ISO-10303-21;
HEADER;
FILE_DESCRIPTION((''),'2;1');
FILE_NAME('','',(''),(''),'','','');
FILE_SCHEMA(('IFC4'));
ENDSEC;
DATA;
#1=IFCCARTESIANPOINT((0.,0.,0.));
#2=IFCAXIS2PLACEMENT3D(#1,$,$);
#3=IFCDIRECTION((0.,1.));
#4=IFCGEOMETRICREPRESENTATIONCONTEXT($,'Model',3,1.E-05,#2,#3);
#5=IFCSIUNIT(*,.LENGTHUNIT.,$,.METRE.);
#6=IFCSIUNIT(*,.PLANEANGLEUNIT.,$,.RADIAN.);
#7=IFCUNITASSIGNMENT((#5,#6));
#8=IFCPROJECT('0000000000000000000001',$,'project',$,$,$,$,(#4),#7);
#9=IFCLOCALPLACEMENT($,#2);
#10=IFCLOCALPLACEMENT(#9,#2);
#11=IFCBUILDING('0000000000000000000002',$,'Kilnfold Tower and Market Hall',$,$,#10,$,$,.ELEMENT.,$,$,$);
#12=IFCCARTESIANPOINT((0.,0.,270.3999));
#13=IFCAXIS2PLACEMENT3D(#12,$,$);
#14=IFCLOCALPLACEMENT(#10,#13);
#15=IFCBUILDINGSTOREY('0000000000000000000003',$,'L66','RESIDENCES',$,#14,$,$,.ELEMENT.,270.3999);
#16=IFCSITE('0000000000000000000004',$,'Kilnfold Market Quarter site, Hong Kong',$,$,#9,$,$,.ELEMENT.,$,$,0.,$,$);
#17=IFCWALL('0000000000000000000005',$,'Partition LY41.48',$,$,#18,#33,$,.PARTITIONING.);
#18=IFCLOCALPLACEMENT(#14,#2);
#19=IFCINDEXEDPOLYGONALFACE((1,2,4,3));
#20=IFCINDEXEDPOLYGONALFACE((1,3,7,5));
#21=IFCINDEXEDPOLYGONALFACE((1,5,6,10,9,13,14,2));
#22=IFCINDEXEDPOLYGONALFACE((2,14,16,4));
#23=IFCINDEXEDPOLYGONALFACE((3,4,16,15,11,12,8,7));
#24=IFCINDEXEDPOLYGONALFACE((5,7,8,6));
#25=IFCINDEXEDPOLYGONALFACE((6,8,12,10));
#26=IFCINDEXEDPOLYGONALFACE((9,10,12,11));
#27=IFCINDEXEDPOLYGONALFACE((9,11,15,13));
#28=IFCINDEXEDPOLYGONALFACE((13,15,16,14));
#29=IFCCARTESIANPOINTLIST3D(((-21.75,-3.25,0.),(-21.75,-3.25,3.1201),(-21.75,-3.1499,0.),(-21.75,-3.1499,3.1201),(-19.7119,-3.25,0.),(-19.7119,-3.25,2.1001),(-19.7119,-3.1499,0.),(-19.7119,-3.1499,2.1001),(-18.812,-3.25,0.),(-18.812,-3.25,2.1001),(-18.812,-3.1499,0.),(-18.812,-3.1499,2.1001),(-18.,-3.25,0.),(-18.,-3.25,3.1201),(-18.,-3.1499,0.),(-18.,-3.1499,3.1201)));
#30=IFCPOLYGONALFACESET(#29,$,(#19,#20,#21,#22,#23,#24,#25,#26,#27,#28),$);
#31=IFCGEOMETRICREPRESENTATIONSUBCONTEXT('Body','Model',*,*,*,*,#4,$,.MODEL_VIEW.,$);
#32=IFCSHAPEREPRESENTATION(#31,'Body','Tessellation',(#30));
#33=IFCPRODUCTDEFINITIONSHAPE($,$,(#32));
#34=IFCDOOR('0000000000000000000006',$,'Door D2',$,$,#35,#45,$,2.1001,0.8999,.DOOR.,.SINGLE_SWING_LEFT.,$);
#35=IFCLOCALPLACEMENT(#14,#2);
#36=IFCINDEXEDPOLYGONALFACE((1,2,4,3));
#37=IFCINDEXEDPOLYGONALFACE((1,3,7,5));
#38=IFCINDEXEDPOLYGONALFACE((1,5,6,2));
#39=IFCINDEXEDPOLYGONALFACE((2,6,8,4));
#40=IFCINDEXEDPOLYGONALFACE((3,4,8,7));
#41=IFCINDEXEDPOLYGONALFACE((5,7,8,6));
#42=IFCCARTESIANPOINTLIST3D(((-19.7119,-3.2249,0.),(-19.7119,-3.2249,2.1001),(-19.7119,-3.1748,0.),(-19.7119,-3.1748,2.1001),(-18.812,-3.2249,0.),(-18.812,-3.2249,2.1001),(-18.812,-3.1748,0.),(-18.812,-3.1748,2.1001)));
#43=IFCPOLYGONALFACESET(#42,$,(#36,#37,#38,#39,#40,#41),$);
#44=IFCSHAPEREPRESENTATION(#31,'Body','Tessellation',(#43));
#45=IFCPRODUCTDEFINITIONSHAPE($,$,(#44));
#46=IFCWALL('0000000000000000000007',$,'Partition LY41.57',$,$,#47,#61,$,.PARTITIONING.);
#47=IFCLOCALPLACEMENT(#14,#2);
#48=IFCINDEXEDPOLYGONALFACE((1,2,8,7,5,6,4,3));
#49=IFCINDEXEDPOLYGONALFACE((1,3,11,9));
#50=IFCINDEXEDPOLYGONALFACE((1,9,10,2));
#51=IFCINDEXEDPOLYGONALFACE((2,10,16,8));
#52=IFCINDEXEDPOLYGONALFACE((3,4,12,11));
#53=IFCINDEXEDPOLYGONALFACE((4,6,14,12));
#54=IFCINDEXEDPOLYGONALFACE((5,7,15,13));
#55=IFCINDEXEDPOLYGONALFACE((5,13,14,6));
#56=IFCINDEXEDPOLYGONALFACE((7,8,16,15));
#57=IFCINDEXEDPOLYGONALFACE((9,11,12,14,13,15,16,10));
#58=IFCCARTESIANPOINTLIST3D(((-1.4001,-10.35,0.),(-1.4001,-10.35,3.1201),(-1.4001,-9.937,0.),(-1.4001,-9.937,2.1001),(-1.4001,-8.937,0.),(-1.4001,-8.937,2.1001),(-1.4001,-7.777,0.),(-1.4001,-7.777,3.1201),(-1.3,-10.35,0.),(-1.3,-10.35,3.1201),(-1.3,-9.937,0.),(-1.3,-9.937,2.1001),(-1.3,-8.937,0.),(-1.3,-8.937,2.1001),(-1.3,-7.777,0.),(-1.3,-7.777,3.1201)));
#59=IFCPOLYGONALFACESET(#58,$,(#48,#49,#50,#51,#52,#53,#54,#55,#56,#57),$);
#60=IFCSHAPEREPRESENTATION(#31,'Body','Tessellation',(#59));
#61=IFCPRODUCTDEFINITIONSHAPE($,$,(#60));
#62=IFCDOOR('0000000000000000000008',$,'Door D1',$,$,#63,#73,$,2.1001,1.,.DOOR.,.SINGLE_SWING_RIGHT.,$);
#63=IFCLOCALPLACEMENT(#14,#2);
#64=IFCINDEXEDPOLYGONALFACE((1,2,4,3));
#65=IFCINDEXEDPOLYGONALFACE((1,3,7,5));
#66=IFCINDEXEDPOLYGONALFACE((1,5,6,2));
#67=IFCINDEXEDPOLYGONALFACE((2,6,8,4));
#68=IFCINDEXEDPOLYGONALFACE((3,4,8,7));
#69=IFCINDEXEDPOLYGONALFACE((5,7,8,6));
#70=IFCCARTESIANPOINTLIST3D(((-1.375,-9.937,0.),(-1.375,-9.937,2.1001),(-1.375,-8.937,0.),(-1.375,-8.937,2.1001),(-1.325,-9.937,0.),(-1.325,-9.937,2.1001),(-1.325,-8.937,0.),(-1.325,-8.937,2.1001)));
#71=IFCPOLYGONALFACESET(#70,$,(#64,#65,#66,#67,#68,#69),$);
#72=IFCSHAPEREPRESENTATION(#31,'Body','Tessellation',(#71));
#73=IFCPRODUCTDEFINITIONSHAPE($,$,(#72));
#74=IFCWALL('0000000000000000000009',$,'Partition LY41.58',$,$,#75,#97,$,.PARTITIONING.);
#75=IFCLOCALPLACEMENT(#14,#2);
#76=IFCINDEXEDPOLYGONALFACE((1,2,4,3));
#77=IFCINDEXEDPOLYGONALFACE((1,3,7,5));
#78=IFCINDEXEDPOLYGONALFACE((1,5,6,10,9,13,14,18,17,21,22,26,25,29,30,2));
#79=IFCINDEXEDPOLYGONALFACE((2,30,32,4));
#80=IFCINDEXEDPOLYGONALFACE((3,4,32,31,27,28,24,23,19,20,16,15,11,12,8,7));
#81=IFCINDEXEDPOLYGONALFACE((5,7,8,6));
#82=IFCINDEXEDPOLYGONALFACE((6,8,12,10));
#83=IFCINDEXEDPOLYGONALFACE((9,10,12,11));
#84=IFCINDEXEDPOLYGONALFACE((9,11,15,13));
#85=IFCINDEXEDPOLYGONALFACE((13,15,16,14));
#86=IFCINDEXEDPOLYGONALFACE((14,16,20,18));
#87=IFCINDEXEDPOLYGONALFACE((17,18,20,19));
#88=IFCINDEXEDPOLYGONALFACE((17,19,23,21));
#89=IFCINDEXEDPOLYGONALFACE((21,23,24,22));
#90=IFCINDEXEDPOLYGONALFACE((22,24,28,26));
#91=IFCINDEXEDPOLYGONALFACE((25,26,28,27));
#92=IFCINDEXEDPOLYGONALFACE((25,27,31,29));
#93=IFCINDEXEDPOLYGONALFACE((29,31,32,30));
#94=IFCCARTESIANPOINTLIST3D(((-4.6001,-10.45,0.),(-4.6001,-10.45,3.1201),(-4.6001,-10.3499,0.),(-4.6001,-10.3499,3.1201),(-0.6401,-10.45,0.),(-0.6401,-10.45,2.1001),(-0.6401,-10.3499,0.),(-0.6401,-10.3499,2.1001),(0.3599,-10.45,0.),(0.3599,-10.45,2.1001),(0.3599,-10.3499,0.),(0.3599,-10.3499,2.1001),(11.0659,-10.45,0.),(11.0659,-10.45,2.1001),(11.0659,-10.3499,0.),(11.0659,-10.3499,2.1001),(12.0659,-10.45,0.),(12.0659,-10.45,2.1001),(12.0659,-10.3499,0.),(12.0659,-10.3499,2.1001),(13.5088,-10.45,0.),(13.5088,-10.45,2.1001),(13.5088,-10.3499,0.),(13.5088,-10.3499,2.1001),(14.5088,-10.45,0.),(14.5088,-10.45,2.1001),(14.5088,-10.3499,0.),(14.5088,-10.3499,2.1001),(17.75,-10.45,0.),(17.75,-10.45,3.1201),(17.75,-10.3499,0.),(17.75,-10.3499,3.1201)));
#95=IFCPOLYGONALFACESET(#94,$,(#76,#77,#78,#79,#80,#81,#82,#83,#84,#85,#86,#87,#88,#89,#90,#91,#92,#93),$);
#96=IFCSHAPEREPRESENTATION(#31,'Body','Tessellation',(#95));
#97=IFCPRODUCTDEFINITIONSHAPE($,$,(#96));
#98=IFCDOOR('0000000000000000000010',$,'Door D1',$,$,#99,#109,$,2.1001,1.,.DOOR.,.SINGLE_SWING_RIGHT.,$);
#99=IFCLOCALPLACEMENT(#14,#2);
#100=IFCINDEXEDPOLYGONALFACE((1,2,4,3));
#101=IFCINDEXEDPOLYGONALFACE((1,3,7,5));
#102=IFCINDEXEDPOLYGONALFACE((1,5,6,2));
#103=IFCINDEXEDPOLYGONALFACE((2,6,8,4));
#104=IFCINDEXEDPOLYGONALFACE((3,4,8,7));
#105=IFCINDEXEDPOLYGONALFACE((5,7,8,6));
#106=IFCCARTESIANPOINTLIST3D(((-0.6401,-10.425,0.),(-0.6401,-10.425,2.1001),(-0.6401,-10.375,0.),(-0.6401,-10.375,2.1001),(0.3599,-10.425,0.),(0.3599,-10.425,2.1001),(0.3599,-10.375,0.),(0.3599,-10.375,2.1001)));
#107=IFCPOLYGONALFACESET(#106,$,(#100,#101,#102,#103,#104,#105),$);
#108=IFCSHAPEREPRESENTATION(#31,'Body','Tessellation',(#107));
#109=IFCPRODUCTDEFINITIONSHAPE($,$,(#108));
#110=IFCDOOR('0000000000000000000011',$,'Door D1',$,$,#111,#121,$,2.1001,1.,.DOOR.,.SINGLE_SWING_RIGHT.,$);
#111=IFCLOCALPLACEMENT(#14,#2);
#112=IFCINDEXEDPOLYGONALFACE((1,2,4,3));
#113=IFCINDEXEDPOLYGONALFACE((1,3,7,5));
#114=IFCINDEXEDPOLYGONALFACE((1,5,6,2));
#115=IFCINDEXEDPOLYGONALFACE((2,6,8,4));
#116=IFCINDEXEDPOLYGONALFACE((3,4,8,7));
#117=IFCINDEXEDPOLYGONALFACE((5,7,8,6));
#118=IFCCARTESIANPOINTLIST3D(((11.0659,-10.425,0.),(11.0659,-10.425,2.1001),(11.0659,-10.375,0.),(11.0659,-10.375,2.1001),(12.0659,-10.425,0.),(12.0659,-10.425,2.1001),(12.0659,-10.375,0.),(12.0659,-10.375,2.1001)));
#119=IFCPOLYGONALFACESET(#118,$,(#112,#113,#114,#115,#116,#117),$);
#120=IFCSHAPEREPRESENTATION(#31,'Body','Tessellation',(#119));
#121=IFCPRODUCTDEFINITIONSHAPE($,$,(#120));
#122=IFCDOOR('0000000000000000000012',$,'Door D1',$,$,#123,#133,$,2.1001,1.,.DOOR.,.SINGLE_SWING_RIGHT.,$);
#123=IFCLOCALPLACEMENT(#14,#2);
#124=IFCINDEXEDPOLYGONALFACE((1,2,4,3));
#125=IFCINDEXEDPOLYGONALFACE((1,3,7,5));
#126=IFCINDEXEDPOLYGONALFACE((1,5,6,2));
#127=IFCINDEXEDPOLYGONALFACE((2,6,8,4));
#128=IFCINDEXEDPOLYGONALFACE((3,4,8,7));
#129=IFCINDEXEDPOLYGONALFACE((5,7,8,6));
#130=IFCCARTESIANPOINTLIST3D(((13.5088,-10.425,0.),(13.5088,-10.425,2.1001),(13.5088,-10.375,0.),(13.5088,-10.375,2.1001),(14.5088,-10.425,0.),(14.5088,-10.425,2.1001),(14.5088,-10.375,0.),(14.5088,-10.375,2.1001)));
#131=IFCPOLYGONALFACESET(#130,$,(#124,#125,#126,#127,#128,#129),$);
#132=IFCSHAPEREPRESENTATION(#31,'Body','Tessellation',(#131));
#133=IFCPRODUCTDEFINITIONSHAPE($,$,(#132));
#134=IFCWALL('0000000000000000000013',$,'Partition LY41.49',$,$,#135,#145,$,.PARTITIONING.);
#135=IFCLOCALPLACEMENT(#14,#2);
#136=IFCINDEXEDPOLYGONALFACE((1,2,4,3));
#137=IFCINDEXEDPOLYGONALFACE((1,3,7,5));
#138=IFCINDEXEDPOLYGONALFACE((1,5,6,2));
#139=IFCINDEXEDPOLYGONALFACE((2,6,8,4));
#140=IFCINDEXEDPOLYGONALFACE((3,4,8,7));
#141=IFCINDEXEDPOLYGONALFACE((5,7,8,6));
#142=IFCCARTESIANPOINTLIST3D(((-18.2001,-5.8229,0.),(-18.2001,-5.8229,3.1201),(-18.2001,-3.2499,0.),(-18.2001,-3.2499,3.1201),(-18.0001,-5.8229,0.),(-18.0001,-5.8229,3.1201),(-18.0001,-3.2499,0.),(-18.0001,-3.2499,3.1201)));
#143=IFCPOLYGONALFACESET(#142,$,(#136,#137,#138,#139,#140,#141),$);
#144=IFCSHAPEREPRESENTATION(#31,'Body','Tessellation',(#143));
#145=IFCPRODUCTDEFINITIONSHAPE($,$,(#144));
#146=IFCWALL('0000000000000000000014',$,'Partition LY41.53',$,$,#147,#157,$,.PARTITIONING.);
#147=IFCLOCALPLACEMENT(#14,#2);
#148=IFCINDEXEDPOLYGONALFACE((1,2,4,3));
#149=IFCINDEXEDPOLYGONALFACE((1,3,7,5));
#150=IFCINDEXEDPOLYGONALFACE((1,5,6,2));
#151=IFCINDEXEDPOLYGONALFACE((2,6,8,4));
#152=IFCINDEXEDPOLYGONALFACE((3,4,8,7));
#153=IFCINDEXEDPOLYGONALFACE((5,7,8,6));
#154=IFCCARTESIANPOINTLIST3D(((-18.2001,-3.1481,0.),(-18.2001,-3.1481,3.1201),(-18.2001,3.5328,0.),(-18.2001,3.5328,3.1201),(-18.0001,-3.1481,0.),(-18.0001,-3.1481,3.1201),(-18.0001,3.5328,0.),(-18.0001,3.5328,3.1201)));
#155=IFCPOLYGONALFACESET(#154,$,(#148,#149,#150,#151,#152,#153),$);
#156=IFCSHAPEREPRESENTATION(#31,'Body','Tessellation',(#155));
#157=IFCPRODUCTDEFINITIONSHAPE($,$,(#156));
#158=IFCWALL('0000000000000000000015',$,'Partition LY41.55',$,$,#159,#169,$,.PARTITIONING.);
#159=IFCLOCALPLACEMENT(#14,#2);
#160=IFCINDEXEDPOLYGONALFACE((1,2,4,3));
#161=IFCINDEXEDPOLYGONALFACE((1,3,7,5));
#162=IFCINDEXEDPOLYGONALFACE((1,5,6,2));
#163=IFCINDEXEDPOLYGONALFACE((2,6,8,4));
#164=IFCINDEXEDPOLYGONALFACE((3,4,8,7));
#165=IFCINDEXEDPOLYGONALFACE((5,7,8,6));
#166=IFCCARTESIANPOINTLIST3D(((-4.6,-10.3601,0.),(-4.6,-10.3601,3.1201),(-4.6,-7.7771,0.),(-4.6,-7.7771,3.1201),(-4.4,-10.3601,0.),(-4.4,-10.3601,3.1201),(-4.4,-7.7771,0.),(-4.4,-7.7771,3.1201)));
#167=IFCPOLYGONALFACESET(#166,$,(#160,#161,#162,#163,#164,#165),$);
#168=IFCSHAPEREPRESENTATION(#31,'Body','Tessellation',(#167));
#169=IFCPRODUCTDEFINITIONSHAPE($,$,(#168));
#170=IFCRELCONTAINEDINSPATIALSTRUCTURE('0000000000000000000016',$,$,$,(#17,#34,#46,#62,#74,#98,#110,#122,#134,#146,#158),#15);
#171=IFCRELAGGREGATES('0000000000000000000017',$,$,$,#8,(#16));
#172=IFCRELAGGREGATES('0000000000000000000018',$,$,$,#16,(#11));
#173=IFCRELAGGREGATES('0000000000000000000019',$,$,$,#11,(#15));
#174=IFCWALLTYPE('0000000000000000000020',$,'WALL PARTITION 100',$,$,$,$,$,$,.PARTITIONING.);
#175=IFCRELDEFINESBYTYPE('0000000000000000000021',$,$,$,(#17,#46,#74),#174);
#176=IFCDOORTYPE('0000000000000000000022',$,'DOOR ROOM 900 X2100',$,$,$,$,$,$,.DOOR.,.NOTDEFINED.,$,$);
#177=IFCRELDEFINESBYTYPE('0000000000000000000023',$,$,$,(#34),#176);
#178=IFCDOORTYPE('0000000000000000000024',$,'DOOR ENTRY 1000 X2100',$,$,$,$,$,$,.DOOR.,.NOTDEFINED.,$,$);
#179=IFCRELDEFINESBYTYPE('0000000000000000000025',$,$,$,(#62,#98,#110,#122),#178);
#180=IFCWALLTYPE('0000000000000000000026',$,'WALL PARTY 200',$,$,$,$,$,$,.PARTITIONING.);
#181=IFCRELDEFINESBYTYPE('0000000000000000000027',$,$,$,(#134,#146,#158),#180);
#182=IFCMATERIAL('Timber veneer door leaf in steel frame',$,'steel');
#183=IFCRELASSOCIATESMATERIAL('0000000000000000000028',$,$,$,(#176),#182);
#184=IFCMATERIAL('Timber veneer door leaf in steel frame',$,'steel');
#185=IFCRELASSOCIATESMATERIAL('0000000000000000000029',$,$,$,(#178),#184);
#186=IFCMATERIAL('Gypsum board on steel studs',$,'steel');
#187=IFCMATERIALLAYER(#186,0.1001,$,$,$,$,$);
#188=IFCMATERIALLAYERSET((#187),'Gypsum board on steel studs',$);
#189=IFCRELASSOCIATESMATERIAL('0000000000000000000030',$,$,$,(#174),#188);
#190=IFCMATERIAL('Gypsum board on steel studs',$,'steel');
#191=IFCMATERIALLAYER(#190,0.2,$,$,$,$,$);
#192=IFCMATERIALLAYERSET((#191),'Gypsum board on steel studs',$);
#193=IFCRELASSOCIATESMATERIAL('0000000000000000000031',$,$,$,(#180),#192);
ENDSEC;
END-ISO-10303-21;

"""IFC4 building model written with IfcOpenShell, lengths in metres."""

from ifc_helpers import new_model, si_unit, direction, frame, frame_2d, origin, place, context, subcontext, project, spatial, rectangle, extrude, material, layer, layer_set, type_object, element, fill, save


model = new_model("IFC4")

# Units and contexts
model_context = context("Model", 3, precision=1e-05, world=origin(), true_north=direction((0.0, 1.0)))
body_context = subcontext(model_context, "Body", "Model", "MODEL_VIEW")
ifc_project = project(units=[si_unit("LENGTHUNIT", "METRE"), si_unit("PLANEANGLEUNIT", "RADIAN")], contexts=[model_context])

# Site, building, storey
site_placement = place(None, origin())
site = spatial("IfcSite", under=ifc_project, at=site_placement, Name="Kilnfold Market Quarter site, Hong Kong", CompositionType="ELEMENT", RefElevation=0.0)
building_placement = place(site_placement, origin())
building = spatial("IfcBuilding", under=site, at=building_placement, Name="Kilnfold Tower and Market Hall", CompositionType="ELEMENT")
storey_placement = place(building_placement, frame((0.0, 0.0, 270.3999)))
storey = spatial("IfcBuildingStorey", under=building, at=storey_placement, Name="L66", Description="RESIDENCES", CompositionType="ELEMENT", Elevation=270.3999)

# Shared definitions
ifc_material_1 = material(Name="Timber veneer door leaf in steel frame", Category="steel")
door_type_1 = type_object("IfcDoorType", Name="DOOR ROOM 900 X2100", OperationType="NOTDEFINED", PredefinedType="DOOR", material=ifc_material_1)

# Shared definitions
ifc_material_2 = material(Name="Timber veneer door leaf in steel frame", Category="steel")
door_type_2 = type_object("IfcDoorType", Name="DOOR ENTRY 1000 X2100", OperationType="NOTDEFINED", PredefinedType="DOOR", material=ifc_material_2)

# Walls, openings, doors
ifc_material_3 = material(Name="Gypsum board on steel studs", Category="steel")
ifc_layer_1 = layer(ifc_material_3, 0.1001)
ifc_layer_set_1 = layer_set([ifc_layer_1], Name="Gypsum board on steel studs")
wall_type_1 = type_object("IfcWallType", Name="WALL PARTITION 100", PredefinedType="PARTITIONING", material=ifc_layer_set_1)
wall_1_placement = place(storey_placement, frame((-18.0, -3.2, 0.0), z_axis=(0.0, 0.0, 1.0), x_axis=(-1.0, 0.0, 0.0)))
wall_1 = element("IfcWall", 1, at=wall_1_placement, inside=storey, type_object=wall_type_1, Name="Partition LY41.48", PredefinedType="PARTITIONING", context=body_context, shape_type="SweptSolid", body=[
    extrude(rectangle(XDim=3.75, YDim=0.1001, at=frame_2d((1.875, 0.0))), origin(), (0.0, 0.0, 1.0), 3.1201),
])
opening_1_placement = place(wall_1_placement, frame((0.812, 0.0, 0.0)))
opening_1 = element("IfcOpeningElement", 2, at=opening_1_placement, cuts=wall_1, PredefinedType="OPENING", context=body_context, shape_type="SweptSolid", body=[
    extrude(rectangle(XDim=0.8999, YDim=2.1001, at=frame_2d((0.45, 1.05))), frame((0.0, 0.0601, 0.0), z_axis=(0.0, -1.0, 0.0), x_axis=(1.0, 0.0, 0.0)), (0.0, 0.0, 1.0), 0.1201),
])
door_1_placement = place(opening_1_placement, origin())
door_1 = element("IfcDoor", 3, at=door_1_placement, inside=storey, type_object=door_type_1, Name="Door D2", OperationType="SINGLE_SWING_LEFT", OverallHeight=2.1001, OverallWidth=0.8999, PredefinedType="DOOR", context=body_context, shape_type="SweptSolid", body=[
    extrude(rectangle(XDim=0.8999, YDim=2.1001, at=frame_2d((0.45, 1.05))), frame((0.0, 0.0249, 0.0), z_axis=(0.0, -1.0, 0.0), x_axis=(1.0, 0.0, 0.0)), (0.0, 0.0, 1.0), 0.05),
])
fill(opening_1, door_1)
wall_2_placement = place(storey_placement, frame((-1.3501, -10.3501, 0.0), z_axis=(0.0, 0.0, 1.0), x_axis=(0.0, 1.0, 0.0)))
wall_2 = element("IfcWall", 4, at=wall_2_placement, inside=storey, type_object=wall_type_1, Name="Partition LY41.57", PredefinedType="PARTITIONING", context=body_context, shape_type="SweptSolid", body=[
    extrude(rectangle(XDim=2.573, YDim=0.1001, at=frame_2d((1.2866, 0.0))), origin(), (0.0, 0.0, 1.0), 3.1201),
])
opening_2_placement = place(wall_2_placement, frame((0.4131, 0.0, 0.0)))
opening_2 = element("IfcOpeningElement", 5, at=opening_2_placement, cuts=wall_2, PredefinedType="OPENING", context=body_context, shape_type="SweptSolid", body=[
    extrude(rectangle(XDim=1.0, YDim=2.1001, at=frame_2d((0.5, 1.05))), frame((0.0, 0.0601, 0.0), z_axis=(0.0, -1.0, 0.0), x_axis=(1.0, 0.0, 0.0)), (0.0, 0.0, 1.0), 0.1201),
])
door_2_placement = place(opening_2_placement, origin())
door_2 = element("IfcDoor", 6, at=door_2_placement, inside=storey, type_object=door_type_2, Name="Door D1", OperationType="SINGLE_SWING_RIGHT", OverallHeight=2.1001, OverallWidth=1.0, PredefinedType="DOOR", context=body_context, shape_type="SweptSolid", body=[
    extrude(rectangle(XDim=1.0, YDim=2.1001, at=frame_2d((0.5, 1.05))), frame((0.0, 0.0249, 0.0), z_axis=(0.0, -1.0, 0.0), x_axis=(1.0, 0.0, 0.0)), (0.0, 0.0, 1.0), 0.05),
])
fill(opening_2, door_2)

# Wall, openings, doors
wall_3_placement = place(storey_placement, frame((-4.6001, -10.3999, 0.0), z_axis=(0.0, 0.0, 1.0), x_axis=(1.0, 0.0, 0.0)))
wall_3 = element("IfcWall", 7, at=wall_3_placement, inside=storey, type_object=wall_type_1, Name="Partition LY41.58", PredefinedType="PARTITIONING", context=body_context, shape_type="SweptSolid", body=[
    extrude(rectangle(XDim=22.3501, YDim=0.1001, at=frame_2d((11.175, 0.0))), origin(), (0.0, 0.0, 1.0), 3.1201),
])
opening_3_placement = place(wall_3_placement, frame((3.96, 0.0, 0.0)))
opening_3 = element("IfcOpeningElement", 8, at=opening_3_placement, cuts=wall_3, PredefinedType="OPENING", context=body_context, shape_type="SweptSolid", body=[
    extrude(rectangle(XDim=1.0, YDim=2.1001, at=frame_2d((0.5, 1.05))), frame((0.0, 0.0601, 0.0), z_axis=(0.0, -1.0, 0.0), x_axis=(1.0, 0.0, 0.0)), (0.0, 0.0, 1.0), 0.1201),
])
opening_4_placement = place(wall_3_placement, frame((15.666, 0.0, 0.0)))
opening_4 = element("IfcOpeningElement", 9, at=opening_4_placement, cuts=wall_3, PredefinedType="OPENING", context=body_context, shape_type="SweptSolid", body=[
    extrude(rectangle(XDim=1.0, YDim=2.1001, at=frame_2d((0.5, 1.05))), frame((0.0, 0.0601, 0.0), z_axis=(0.0, -1.0, 0.0), x_axis=(1.0, 0.0, 0.0)), (0.0, 0.0, 1.0), 0.1201),
])
opening_5_placement = place(wall_3_placement, frame((18.1089, 0.0, 0.0)))
opening_5 = element("IfcOpeningElement", 10, at=opening_5_placement, cuts=wall_3, PredefinedType="OPENING", context=body_context, shape_type="SweptSolid", body=[
    extrude(rectangle(XDim=1.0, YDim=2.1001, at=frame_2d((0.5, 1.05))), frame((0.0, 0.0601, 0.0), z_axis=(0.0, -1.0, 0.0), x_axis=(1.0, 0.0, 0.0)), (0.0, 0.0, 1.0), 0.1201),
])
door_3_placement = place(opening_3_placement, origin())
door_3 = element("IfcDoor", 11, at=door_3_placement, inside=storey, type_object=door_type_2, Name="Door D1", OperationType="SINGLE_SWING_RIGHT", OverallHeight=2.1001, OverallWidth=1.0, PredefinedType="DOOR", context=body_context, shape_type="SweptSolid", body=[
    extrude(rectangle(XDim=1.0, YDim=2.1001, at=frame_2d((0.5, 1.05))), frame((0.0, 0.0249, 0.0), z_axis=(0.0, -1.0, 0.0), x_axis=(1.0, 0.0, 0.0)), (0.0, 0.0, 1.0), 0.05),
])
fill(opening_3, door_3)
door_4_placement = place(opening_4_placement, origin())
door_4 = element("IfcDoor", 12, at=door_4_placement, inside=storey, type_object=door_type_2, Name="Door D1", OperationType="SINGLE_SWING_RIGHT", OverallHeight=2.1001, OverallWidth=1.0, PredefinedType="DOOR", context=body_context, shape_type="SweptSolid", body=[
    extrude(rectangle(XDim=1.0, YDim=2.1001, at=frame_2d((0.5, 1.05))), frame((0.0, 0.0249, 0.0), z_axis=(0.0, -1.0, 0.0), x_axis=(1.0, 0.0, 0.0)), (0.0, 0.0, 1.0), 0.05),
])
fill(opening_4, door_4)
door_5_placement = place(opening_5_placement, origin())
door_5 = element("IfcDoor", 13, at=door_5_placement, inside=storey, type_object=door_type_2, Name="Door D1", OperationType="SINGLE_SWING_RIGHT", OverallHeight=2.1001, OverallWidth=1.0, PredefinedType="DOOR", context=body_context, shape_type="SweptSolid", body=[
    extrude(rectangle(XDim=1.0, YDim=2.1001, at=frame_2d((0.5, 1.05))), frame((0.0, 0.0249, 0.0), z_axis=(0.0, -1.0, 0.0), x_axis=(1.0, 0.0, 0.0)), (0.0, 0.0, 1.0), 0.05),
])
fill(opening_5, door_5)

# Walls
ifc_material_4 = material(Name="Gypsum board on steel studs", Category="steel")
ifc_layer_2 = layer(ifc_material_4, 0.2)
ifc_layer_set_2 = layer_set([ifc_layer_2], Name="Gypsum board on steel studs")
wall_type_2 = type_object("IfcWallType", Name="WALL PARTY 200", PredefinedType="PARTITIONING", material=ifc_layer_set_2)
wall_4_placement = place(storey_placement, frame((-18.1001, -5.823, 0.0), z_axis=(0.0, 0.0, 1.0), x_axis=(0.0, 1.0, 0.0)))
element("IfcWall", 14, at=wall_4_placement, inside=storey, type_object=wall_type_2, Name="Partition LY41.49", PredefinedType="PARTITIONING", context=body_context, shape_type="SweptSolid", body=[
    extrude(rectangle(XDim=2.573, YDim=0.2, at=frame_2d((1.2866, 0.0))), origin(), (0.0, 0.0, 1.0), 3.1201),
])
wall_5_placement = place(storey_placement, frame((-18.1001, -3.1479, 0.0), z_axis=(0.0, 0.0, 1.0), x_axis=(0.0, 1.0, 0.0)))
element("IfcWall", 15, at=wall_5_placement, inside=storey, type_object=wall_type_2, Name="Partition LY41.53", PredefinedType="PARTITIONING", context=body_context, shape_type="SweptSolid", body=[
    extrude(rectangle(XDim=6.6809, YDim=0.2, at=frame_2d((3.3403, 0.0))), origin(), (0.0, 0.0, 1.0), 3.1201),
])
wall_6_placement = place(storey_placement, frame((-4.5, -10.3601, 0.0), z_axis=(0.0, 0.0, 1.0), x_axis=(0.0, 1.0, 0.0)))
element("IfcWall", 16, at=wall_6_placement, inside=storey, type_object=wall_type_2, Name="Partition LY41.55", PredefinedType="PARTITIONING", context=body_context, shape_type="SweptSolid", body=[
    extrude(rectangle(XDim=2.583, YDim=0.2, at=frame_2d((1.2915, 0.0))), origin(), (0.0, 0.0, 1.0), 3.1201),
])

save(model, "model.ifc")
